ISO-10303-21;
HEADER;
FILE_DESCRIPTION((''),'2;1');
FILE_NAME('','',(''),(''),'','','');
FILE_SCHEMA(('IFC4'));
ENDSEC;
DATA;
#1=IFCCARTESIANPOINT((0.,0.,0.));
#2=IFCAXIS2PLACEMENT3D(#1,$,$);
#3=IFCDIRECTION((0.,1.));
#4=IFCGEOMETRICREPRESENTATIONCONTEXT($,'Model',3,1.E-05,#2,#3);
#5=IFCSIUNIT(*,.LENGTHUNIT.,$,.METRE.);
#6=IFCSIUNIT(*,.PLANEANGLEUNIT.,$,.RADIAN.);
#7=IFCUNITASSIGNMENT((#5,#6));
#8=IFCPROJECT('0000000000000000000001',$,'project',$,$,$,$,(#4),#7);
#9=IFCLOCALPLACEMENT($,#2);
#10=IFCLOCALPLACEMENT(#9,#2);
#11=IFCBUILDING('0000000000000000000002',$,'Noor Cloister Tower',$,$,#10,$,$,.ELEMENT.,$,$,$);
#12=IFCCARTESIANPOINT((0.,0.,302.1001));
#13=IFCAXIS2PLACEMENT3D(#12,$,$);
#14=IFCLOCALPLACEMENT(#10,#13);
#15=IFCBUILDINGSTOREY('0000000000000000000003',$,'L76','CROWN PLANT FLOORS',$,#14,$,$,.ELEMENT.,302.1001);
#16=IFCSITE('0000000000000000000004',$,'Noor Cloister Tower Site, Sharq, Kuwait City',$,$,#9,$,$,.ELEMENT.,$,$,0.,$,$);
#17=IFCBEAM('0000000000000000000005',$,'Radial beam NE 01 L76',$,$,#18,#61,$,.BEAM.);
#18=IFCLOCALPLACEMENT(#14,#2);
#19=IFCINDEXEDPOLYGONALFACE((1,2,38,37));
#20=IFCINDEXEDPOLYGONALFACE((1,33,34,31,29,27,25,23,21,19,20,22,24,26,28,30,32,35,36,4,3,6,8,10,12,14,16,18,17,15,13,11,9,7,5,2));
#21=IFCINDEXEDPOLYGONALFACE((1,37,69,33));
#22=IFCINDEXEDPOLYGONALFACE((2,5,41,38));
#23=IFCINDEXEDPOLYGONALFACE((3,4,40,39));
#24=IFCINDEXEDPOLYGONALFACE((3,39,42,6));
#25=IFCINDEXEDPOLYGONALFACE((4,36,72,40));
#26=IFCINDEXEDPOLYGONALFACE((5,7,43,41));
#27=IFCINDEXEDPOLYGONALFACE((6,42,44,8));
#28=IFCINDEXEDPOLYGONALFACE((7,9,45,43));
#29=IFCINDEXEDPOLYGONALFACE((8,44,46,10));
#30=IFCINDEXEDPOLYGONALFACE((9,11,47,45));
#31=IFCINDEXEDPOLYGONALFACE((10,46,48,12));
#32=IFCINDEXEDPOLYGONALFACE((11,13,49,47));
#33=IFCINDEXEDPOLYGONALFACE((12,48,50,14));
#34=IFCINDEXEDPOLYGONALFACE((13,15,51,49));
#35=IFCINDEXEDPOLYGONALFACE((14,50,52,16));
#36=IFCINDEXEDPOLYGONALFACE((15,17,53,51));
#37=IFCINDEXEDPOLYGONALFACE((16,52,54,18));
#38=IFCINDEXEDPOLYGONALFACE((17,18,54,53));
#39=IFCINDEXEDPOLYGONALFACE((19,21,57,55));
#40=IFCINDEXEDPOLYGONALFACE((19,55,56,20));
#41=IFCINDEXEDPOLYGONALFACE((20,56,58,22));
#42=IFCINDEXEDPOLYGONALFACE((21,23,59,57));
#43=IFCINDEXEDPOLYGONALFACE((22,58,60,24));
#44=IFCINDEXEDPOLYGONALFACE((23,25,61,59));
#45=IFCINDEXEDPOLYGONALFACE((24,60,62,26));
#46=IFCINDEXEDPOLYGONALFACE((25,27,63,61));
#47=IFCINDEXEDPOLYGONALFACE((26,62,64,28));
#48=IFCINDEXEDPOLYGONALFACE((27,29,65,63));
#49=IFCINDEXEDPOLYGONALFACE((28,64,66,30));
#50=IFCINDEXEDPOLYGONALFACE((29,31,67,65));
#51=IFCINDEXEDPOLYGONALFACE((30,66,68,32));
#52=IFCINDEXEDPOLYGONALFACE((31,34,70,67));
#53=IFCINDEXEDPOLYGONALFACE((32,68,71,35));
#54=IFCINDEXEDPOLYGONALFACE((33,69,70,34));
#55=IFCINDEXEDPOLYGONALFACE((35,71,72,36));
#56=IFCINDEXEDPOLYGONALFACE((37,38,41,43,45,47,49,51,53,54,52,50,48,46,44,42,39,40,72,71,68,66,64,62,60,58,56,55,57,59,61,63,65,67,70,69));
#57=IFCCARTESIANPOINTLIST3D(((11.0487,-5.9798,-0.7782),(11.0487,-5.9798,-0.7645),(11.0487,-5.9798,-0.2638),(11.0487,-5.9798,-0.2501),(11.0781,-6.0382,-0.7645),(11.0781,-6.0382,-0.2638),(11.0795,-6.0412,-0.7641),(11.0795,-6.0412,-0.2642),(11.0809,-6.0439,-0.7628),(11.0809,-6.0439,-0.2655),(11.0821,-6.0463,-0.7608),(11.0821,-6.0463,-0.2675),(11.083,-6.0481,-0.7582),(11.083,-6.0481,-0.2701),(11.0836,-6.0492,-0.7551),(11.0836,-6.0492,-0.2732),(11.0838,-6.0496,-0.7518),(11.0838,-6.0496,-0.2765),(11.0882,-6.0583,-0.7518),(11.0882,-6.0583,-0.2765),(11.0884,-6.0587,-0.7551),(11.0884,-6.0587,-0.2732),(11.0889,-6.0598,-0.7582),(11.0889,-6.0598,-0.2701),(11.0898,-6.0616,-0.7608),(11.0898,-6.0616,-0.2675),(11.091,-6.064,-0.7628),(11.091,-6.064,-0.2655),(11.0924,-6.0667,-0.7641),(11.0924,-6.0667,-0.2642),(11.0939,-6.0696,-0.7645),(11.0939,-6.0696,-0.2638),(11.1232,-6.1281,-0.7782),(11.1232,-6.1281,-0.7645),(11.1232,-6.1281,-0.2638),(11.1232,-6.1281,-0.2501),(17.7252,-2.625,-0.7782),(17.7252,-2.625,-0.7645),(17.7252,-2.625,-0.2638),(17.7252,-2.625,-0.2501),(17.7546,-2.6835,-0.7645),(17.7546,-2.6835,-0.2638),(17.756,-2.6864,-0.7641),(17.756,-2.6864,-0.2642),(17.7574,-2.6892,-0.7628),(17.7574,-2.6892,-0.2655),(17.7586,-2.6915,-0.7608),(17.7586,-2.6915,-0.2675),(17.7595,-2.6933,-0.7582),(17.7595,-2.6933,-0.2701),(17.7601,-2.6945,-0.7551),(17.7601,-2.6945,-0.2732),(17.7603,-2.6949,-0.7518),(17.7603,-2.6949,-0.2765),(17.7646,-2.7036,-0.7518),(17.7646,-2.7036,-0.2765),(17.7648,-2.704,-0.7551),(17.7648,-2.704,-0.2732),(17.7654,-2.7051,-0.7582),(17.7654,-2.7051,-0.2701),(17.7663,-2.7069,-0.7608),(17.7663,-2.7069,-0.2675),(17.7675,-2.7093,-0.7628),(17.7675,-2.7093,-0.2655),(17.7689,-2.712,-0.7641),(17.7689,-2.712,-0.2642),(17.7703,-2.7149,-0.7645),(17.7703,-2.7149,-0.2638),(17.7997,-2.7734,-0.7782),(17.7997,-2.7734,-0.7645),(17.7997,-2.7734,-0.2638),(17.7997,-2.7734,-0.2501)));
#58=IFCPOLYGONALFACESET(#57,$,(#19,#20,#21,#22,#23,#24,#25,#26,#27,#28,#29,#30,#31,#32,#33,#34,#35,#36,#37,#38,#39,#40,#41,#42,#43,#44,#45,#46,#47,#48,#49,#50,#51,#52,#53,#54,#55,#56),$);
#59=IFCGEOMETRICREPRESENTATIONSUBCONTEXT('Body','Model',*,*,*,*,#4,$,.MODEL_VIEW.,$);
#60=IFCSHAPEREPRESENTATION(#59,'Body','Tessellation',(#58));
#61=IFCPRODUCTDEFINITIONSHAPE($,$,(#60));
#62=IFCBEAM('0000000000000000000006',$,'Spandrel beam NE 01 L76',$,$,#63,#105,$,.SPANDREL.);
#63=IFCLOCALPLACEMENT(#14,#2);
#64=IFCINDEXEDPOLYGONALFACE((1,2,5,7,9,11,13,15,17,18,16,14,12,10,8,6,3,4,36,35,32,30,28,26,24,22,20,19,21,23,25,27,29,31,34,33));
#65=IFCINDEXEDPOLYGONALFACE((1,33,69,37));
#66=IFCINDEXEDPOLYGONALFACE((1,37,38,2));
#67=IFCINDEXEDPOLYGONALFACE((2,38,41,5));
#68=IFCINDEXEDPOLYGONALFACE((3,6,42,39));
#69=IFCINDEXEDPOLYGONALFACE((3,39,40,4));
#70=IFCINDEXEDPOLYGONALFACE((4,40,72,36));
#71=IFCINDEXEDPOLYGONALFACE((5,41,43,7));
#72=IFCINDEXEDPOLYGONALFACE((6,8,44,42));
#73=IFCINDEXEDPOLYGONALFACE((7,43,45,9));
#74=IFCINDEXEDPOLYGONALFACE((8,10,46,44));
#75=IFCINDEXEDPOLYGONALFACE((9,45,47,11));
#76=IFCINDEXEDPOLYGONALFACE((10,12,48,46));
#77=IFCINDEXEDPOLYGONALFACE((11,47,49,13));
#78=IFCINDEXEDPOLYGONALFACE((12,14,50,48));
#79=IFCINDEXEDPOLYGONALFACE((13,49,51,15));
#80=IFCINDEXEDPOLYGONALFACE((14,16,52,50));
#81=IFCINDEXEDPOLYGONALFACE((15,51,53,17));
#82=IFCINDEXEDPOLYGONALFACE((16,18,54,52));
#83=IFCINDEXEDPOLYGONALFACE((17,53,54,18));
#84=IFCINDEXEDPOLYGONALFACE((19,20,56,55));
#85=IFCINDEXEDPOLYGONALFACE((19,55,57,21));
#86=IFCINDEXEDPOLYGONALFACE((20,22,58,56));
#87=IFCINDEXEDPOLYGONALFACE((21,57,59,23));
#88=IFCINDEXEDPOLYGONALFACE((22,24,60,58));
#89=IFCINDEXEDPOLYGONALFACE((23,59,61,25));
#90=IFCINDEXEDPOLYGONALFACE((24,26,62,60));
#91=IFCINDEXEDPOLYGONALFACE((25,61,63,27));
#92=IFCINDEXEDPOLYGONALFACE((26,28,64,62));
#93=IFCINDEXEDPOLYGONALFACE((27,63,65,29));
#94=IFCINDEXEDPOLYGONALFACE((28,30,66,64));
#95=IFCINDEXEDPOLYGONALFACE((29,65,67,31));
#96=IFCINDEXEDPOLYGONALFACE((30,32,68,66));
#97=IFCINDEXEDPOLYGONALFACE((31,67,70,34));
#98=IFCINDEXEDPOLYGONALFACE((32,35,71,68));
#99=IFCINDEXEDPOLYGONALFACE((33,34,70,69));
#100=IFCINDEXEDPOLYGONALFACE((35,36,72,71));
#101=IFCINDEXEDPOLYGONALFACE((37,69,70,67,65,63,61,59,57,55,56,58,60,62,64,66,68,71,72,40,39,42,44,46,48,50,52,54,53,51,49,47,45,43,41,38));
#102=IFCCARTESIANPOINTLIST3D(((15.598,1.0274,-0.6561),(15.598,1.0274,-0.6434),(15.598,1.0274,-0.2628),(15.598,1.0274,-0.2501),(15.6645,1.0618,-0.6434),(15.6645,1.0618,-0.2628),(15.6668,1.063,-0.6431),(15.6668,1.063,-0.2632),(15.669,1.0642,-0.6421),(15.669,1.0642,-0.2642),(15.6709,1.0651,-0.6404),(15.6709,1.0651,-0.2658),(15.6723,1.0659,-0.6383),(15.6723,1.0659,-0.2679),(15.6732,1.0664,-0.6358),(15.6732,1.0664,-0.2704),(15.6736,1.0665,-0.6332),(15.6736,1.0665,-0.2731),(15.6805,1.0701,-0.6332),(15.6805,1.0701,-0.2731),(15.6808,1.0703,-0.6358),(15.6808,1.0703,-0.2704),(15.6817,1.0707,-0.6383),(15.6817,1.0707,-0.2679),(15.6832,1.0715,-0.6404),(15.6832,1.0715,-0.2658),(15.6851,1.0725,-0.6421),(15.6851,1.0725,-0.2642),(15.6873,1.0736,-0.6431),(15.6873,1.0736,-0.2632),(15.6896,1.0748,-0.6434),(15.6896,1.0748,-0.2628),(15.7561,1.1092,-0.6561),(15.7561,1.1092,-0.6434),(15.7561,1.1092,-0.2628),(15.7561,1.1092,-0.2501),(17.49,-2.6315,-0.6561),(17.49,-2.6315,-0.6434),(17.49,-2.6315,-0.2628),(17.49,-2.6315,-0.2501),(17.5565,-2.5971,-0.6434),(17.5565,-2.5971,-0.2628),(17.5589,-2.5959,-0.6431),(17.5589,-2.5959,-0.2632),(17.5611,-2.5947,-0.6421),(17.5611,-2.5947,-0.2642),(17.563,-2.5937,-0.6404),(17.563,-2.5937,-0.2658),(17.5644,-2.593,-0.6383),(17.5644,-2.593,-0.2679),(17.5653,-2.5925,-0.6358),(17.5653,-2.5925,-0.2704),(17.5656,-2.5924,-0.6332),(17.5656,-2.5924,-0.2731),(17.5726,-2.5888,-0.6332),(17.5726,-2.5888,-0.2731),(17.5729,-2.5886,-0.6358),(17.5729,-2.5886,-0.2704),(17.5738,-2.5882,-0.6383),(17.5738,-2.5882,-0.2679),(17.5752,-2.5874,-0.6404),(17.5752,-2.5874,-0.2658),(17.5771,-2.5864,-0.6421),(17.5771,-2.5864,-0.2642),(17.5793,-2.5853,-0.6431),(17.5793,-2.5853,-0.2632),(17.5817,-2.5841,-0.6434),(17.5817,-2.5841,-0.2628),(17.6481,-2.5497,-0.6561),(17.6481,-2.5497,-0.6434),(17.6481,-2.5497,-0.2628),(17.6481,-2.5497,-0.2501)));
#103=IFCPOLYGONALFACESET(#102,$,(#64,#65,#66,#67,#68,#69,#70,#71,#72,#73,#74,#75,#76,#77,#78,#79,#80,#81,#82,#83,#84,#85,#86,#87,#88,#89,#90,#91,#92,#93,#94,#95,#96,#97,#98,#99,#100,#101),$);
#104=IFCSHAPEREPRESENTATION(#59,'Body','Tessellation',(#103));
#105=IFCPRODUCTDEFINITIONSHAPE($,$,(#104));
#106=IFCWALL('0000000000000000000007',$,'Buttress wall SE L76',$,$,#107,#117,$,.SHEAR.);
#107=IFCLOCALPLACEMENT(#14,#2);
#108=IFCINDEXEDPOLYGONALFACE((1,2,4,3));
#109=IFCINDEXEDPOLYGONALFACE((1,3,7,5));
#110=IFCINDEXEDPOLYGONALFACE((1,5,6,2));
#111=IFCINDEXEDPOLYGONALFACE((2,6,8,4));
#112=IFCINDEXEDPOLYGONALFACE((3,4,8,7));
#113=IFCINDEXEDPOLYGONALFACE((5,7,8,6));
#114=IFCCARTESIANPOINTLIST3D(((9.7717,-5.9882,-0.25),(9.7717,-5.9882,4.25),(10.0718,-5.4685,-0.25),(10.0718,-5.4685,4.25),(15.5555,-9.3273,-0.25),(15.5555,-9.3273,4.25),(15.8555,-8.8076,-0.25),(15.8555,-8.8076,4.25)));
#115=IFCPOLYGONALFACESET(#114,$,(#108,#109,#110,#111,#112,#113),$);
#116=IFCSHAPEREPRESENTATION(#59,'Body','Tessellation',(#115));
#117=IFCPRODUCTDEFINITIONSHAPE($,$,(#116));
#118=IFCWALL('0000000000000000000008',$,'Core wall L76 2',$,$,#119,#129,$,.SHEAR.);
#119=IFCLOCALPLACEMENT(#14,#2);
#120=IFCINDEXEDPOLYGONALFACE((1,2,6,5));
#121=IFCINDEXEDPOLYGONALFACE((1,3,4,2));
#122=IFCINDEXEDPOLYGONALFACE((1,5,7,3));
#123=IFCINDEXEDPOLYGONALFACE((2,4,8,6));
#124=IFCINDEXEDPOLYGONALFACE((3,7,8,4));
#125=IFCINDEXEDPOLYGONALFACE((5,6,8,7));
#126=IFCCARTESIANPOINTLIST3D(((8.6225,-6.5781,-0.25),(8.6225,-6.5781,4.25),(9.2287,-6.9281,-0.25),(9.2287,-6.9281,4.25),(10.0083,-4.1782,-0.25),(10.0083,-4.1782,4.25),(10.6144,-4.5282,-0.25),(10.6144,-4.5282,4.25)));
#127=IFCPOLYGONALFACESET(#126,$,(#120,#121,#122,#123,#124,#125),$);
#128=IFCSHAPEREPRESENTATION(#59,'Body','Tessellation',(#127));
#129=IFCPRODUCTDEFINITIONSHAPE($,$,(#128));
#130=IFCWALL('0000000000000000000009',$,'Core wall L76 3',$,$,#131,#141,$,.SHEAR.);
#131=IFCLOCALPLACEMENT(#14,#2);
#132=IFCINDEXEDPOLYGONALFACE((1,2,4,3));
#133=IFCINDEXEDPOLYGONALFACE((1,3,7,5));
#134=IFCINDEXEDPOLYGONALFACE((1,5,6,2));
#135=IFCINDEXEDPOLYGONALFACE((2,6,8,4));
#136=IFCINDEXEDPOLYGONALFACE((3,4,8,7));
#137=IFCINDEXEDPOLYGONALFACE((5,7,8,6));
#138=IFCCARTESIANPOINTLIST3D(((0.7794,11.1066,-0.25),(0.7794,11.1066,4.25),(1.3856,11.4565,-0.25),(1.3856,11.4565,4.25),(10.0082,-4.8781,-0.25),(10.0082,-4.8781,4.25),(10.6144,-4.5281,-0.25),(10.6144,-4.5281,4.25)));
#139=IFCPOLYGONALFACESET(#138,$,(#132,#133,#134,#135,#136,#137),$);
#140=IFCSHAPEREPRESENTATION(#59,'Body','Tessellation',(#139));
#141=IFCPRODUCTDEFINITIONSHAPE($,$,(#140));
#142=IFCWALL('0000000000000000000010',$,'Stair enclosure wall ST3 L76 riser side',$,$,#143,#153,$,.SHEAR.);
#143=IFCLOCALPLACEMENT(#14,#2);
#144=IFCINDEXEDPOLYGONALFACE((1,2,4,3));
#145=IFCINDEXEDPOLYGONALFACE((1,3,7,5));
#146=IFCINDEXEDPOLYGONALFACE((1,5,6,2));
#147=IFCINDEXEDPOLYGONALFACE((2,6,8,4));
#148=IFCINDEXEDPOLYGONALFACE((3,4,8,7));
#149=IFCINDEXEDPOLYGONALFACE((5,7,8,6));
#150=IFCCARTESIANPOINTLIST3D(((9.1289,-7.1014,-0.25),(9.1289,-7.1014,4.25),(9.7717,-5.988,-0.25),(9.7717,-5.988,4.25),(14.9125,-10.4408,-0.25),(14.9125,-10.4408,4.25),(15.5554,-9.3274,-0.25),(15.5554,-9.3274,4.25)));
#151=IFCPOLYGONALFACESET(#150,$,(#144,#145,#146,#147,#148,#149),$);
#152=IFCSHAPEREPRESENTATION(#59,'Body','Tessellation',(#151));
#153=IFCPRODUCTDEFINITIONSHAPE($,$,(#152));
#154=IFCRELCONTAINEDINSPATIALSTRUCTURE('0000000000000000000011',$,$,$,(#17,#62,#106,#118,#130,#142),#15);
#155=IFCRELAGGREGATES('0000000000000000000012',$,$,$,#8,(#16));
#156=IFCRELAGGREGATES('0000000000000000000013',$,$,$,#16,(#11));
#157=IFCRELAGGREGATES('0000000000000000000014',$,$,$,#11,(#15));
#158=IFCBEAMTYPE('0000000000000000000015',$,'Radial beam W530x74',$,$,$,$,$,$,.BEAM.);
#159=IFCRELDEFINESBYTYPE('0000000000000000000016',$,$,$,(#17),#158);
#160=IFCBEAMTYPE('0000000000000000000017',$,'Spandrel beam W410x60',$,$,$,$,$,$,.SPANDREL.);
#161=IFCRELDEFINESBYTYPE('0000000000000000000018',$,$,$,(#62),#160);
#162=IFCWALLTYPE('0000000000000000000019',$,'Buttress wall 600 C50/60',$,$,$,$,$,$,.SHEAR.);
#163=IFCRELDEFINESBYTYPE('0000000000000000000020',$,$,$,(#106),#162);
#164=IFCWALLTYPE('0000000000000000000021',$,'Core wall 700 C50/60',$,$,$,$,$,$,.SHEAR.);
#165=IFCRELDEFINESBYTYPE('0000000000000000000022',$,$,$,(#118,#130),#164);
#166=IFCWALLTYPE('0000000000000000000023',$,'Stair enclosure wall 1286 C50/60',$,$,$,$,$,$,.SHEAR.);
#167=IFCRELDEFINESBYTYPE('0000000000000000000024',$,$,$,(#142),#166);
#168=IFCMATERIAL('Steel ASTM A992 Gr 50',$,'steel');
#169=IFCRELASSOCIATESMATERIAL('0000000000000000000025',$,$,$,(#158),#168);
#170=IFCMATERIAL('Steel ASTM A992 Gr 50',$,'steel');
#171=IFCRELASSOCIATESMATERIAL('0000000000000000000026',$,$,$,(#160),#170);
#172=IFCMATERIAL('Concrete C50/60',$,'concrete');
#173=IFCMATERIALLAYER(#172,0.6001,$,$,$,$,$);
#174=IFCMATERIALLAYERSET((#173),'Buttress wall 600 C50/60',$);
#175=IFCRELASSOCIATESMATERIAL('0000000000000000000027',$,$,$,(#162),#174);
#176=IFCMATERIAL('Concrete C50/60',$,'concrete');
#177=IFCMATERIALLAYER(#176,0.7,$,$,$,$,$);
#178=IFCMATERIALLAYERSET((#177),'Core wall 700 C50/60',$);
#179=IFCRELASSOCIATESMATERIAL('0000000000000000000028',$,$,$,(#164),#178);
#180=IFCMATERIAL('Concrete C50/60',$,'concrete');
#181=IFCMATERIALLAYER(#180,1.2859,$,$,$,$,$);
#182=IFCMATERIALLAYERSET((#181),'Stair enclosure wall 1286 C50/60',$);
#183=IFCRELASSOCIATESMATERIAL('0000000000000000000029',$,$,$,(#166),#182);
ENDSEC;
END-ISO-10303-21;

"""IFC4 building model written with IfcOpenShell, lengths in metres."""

from ifc_helpers import new_model, si_unit, direction, frame, frame_2d, origin, origin_2d, place, context, subcontext, project, spatial, rectangle, i_section, extrude, material, layer, layer_set, material_profile, profile_set, type_object, element, save


model = new_model("IFC4")

# Units and contexts
model_context = context("Model", 3, precision=1e-05, world=origin(), true_north=direction((0.0, 1.0)))
body_context = subcontext(model_context, "Body", "Model", "MODEL_VIEW")
ifc_project = project(units=[si_unit("LENGTHUNIT", "METRE"), si_unit("PLANEANGLEUNIT", "RADIAN")], contexts=[model_context])

# Site, building, storey
site_placement = place(None, origin())
site = spatial("IfcSite", under=ifc_project, at=site_placement, Name="Noor Cloister Tower Site, Sharq, Kuwait City", CompositionType="ELEMENT", RefElevation=0.0)
building_placement = place(site_placement, origin())
building = spatial("IfcBuilding", under=site, at=building_placement, Name="Noor Cloister Tower", CompositionType="ELEMENT")
storey_placement = place(building_placement, frame((0.0, 0.0, 302.1001)))
storey = spatial("IfcBuildingStorey", under=building, at=storey_placement, Name="L76", Description="CROWN PLANT FLOORS", CompositionType="ELEMENT", Elevation=302.1001)

# Beams
ifc_material_1 = material(Name="Steel ASTM A992 Gr 50", Category="steel")
ifc_material_profile_1 = material_profile(ifc_material_1, i_section(OverallWidth=0.166, OverallDepth=0.5281, WebThickness=0.0098, FlangeThickness=0.0137, FilletRadius=0.0127, at=origin_2d()), Name="W530x74")
ifc_profile_set_1 = profile_set([ifc_material_profile_1], Name="Steel ASTM A992 Gr 50")
beam_type_1 = type_object("IfcBeamType", Name="Radial beam W530x74", PredefinedType="BEAM", material=ifc_profile_set_1)
beam_1_placement = place(storey_placement, frame((17.7625, -2.6992, -0.5142), z_axis=(-0.893543, -0.448977, 0.0), x_axis=(0.448977, -0.893543, 0.0)))
element("IfcBeam", 1, at=beam_1_placement, inside=storey, type_object=beam_type_1, Name="Radial beam NE 01 L76", PredefinedType="BEAM", context=body_context, shape_type="SweptSolid", body=[
    extrude(i_section(OverallWidth=0.166, OverallDepth=0.5281, WebThickness=0.0098, FlangeThickness=0.0137, FilletRadius=0.0127, at=origin_2d()), origin(), (0.0, 0.0, 1.0), 7.4719),
])
ifc_material_2 = material(Name="Steel ASTM A992 Gr 50", Category="steel")
ifc_material_profile_2 = material_profile(ifc_material_2, i_section(OverallWidth=0.178, OverallDepth=0.406, WebThickness=0.0078, FlangeThickness=0.0127, FilletRadius=0.0103, at=origin_2d()), Name="W410x60")
ifc_profile_set_2 = profile_set([ifc_material_profile_2], Name="Steel ASTM A992 Gr 50")
beam_type_2 = type_object("IfcBeamType", Name="Spandrel beam W410x60", PredefinedType="SPANDREL", material=ifc_profile_set_2)
beam_2_placement = place(storey_placement, frame((17.5691, -2.5906, -0.4531), z_axis=(-0.459334, 0.888264, 0.0), x_axis=(-0.888264, -0.459334, 0.0)))
element("IfcBeam", 2, at=beam_2_placement, inside=storey, type_object=beam_type_2, Name="Spandrel beam NE 01 L76", PredefinedType="SPANDREL", context=body_context, shape_type="SweptSolid", body=[
    extrude(i_section(OverallWidth=0.178, OverallDepth=0.406, WebThickness=0.0078, FlangeThickness=0.0127, FilletRadius=0.0103, at=origin_2d()), origin(), (0.0, 0.0, 1.0), 4.1191),
])

# Walls
ifc_material_3 = material(Name="Concrete C50/60", Category="concrete")
ifc_layer_1 = layer(ifc_material_3, 0.6001)
ifc_layer_set_1 = layer_set([ifc_layer_1], Name="Buttress wall 600 C50/60")
wall_type_1 = type_object("IfcWallType", Name="Buttress wall 600 C50/60", PredefinedType="SHEAR", material=ifc_layer_set_1)
wall_1_placement = place(storey_placement, frame((9.9216, -5.7283, -0.25), z_axis=(0.0, 0.0, 1.0), x_axis=(0.866032, -0.499988, 0.0)))
element("IfcWall", 3, at=wall_1_placement, inside=storey, type_object=wall_type_1, Name="Buttress wall SE L76", PredefinedType="SHEAR", context=body_context, shape_type="SweptSolid", body=[
    extrude(rectangle(XDim=6.6785, YDim=0.6001, at=frame_2d((3.3394, 0.0))), origin(), (0.0, 0.0, 1.0), 4.5),
])
ifc_material_4 = material(Name="Concrete C50/60", Category="concrete")
ifc_layer_2 = layer(ifc_material_4, 0.7)
ifc_layer_set_2 = layer_set([ifc_layer_2], Name="Core wall 700 C50/60")
wall_type_2 = type_object("IfcWallType", Name="Core wall 700 C50/60", PredefinedType="SHEAR", material=ifc_layer_set_2)
wall_2_placement = place(storey_placement, frame((8.9255, -6.7532, -0.25), z_axis=(0.0, 0.0, 1.0), x_axis=(0.500043, 0.866001, 0.0)))
element("IfcWall", 4, at=wall_2_placement, inside=storey, type_object=wall_type_2, Name="Core wall L76 2", PredefinedType="SHEAR", context=body_context, shape_type="SweptSolid", body=[
    extrude(rectangle(XDim=2.7712, YDim=0.7, at=frame_2d((1.3857, 0.0))), origin(), (0.0, 0.0, 1.0), 4.5),
])
wall_3_placement = place(storey_placement, frame((10.3113, -4.7031, -0.25), z_axis=(0.0, 0.0, 1.0), x_axis=(-0.500001, 0.866025, 0.0)))
element("IfcWall", 5, at=wall_3_placement, inside=storey, type_object=wall_type_2, Name="Core wall L76 3", PredefinedType="SHEAR", context=body_context, shape_type="SweptSolid", body=[
    extrude(rectangle(XDim=18.4575, YDim=0.7, at=frame_2d((9.2288, 0.0))), origin(), (0.0, 0.0, 1.0), 4.5),
])
ifc_material_5 = material(Name="Concrete C50/60", Category="concrete")
ifc_layer_3 = layer(ifc_material_5, 1.2859)
ifc_layer_set_3 = layer_set([ifc_layer_3], Name="Stair enclosure wall 1286 C50/60")
wall_type_3 = type_object("IfcWallType", Name="Stair enclosure wall 1286 C50/60", PredefinedType="SHEAR", material=ifc_layer_set_3)
wall_4_placement = place(storey_placement, frame((9.4502, -6.5447, -0.25), z_axis=(0.0, 0.0, 1.0), x_axis=(0.866016, -0.500016, 0.0)))
element("IfcWall", 6, at=wall_4_placement, inside=storey, type_object=wall_type_3, Name="Stair enclosure wall ST3 L76 riser side", PredefinedType="SHEAR", context=body_context, shape_type="SweptSolid", body=[
    extrude(rectangle(XDim=6.6785, YDim=1.2856, at=frame_2d((3.3394, 0.0))), origin(), (0.0, 0.0, 1.0), 4.5),
])

save(model, "model.ifc")
